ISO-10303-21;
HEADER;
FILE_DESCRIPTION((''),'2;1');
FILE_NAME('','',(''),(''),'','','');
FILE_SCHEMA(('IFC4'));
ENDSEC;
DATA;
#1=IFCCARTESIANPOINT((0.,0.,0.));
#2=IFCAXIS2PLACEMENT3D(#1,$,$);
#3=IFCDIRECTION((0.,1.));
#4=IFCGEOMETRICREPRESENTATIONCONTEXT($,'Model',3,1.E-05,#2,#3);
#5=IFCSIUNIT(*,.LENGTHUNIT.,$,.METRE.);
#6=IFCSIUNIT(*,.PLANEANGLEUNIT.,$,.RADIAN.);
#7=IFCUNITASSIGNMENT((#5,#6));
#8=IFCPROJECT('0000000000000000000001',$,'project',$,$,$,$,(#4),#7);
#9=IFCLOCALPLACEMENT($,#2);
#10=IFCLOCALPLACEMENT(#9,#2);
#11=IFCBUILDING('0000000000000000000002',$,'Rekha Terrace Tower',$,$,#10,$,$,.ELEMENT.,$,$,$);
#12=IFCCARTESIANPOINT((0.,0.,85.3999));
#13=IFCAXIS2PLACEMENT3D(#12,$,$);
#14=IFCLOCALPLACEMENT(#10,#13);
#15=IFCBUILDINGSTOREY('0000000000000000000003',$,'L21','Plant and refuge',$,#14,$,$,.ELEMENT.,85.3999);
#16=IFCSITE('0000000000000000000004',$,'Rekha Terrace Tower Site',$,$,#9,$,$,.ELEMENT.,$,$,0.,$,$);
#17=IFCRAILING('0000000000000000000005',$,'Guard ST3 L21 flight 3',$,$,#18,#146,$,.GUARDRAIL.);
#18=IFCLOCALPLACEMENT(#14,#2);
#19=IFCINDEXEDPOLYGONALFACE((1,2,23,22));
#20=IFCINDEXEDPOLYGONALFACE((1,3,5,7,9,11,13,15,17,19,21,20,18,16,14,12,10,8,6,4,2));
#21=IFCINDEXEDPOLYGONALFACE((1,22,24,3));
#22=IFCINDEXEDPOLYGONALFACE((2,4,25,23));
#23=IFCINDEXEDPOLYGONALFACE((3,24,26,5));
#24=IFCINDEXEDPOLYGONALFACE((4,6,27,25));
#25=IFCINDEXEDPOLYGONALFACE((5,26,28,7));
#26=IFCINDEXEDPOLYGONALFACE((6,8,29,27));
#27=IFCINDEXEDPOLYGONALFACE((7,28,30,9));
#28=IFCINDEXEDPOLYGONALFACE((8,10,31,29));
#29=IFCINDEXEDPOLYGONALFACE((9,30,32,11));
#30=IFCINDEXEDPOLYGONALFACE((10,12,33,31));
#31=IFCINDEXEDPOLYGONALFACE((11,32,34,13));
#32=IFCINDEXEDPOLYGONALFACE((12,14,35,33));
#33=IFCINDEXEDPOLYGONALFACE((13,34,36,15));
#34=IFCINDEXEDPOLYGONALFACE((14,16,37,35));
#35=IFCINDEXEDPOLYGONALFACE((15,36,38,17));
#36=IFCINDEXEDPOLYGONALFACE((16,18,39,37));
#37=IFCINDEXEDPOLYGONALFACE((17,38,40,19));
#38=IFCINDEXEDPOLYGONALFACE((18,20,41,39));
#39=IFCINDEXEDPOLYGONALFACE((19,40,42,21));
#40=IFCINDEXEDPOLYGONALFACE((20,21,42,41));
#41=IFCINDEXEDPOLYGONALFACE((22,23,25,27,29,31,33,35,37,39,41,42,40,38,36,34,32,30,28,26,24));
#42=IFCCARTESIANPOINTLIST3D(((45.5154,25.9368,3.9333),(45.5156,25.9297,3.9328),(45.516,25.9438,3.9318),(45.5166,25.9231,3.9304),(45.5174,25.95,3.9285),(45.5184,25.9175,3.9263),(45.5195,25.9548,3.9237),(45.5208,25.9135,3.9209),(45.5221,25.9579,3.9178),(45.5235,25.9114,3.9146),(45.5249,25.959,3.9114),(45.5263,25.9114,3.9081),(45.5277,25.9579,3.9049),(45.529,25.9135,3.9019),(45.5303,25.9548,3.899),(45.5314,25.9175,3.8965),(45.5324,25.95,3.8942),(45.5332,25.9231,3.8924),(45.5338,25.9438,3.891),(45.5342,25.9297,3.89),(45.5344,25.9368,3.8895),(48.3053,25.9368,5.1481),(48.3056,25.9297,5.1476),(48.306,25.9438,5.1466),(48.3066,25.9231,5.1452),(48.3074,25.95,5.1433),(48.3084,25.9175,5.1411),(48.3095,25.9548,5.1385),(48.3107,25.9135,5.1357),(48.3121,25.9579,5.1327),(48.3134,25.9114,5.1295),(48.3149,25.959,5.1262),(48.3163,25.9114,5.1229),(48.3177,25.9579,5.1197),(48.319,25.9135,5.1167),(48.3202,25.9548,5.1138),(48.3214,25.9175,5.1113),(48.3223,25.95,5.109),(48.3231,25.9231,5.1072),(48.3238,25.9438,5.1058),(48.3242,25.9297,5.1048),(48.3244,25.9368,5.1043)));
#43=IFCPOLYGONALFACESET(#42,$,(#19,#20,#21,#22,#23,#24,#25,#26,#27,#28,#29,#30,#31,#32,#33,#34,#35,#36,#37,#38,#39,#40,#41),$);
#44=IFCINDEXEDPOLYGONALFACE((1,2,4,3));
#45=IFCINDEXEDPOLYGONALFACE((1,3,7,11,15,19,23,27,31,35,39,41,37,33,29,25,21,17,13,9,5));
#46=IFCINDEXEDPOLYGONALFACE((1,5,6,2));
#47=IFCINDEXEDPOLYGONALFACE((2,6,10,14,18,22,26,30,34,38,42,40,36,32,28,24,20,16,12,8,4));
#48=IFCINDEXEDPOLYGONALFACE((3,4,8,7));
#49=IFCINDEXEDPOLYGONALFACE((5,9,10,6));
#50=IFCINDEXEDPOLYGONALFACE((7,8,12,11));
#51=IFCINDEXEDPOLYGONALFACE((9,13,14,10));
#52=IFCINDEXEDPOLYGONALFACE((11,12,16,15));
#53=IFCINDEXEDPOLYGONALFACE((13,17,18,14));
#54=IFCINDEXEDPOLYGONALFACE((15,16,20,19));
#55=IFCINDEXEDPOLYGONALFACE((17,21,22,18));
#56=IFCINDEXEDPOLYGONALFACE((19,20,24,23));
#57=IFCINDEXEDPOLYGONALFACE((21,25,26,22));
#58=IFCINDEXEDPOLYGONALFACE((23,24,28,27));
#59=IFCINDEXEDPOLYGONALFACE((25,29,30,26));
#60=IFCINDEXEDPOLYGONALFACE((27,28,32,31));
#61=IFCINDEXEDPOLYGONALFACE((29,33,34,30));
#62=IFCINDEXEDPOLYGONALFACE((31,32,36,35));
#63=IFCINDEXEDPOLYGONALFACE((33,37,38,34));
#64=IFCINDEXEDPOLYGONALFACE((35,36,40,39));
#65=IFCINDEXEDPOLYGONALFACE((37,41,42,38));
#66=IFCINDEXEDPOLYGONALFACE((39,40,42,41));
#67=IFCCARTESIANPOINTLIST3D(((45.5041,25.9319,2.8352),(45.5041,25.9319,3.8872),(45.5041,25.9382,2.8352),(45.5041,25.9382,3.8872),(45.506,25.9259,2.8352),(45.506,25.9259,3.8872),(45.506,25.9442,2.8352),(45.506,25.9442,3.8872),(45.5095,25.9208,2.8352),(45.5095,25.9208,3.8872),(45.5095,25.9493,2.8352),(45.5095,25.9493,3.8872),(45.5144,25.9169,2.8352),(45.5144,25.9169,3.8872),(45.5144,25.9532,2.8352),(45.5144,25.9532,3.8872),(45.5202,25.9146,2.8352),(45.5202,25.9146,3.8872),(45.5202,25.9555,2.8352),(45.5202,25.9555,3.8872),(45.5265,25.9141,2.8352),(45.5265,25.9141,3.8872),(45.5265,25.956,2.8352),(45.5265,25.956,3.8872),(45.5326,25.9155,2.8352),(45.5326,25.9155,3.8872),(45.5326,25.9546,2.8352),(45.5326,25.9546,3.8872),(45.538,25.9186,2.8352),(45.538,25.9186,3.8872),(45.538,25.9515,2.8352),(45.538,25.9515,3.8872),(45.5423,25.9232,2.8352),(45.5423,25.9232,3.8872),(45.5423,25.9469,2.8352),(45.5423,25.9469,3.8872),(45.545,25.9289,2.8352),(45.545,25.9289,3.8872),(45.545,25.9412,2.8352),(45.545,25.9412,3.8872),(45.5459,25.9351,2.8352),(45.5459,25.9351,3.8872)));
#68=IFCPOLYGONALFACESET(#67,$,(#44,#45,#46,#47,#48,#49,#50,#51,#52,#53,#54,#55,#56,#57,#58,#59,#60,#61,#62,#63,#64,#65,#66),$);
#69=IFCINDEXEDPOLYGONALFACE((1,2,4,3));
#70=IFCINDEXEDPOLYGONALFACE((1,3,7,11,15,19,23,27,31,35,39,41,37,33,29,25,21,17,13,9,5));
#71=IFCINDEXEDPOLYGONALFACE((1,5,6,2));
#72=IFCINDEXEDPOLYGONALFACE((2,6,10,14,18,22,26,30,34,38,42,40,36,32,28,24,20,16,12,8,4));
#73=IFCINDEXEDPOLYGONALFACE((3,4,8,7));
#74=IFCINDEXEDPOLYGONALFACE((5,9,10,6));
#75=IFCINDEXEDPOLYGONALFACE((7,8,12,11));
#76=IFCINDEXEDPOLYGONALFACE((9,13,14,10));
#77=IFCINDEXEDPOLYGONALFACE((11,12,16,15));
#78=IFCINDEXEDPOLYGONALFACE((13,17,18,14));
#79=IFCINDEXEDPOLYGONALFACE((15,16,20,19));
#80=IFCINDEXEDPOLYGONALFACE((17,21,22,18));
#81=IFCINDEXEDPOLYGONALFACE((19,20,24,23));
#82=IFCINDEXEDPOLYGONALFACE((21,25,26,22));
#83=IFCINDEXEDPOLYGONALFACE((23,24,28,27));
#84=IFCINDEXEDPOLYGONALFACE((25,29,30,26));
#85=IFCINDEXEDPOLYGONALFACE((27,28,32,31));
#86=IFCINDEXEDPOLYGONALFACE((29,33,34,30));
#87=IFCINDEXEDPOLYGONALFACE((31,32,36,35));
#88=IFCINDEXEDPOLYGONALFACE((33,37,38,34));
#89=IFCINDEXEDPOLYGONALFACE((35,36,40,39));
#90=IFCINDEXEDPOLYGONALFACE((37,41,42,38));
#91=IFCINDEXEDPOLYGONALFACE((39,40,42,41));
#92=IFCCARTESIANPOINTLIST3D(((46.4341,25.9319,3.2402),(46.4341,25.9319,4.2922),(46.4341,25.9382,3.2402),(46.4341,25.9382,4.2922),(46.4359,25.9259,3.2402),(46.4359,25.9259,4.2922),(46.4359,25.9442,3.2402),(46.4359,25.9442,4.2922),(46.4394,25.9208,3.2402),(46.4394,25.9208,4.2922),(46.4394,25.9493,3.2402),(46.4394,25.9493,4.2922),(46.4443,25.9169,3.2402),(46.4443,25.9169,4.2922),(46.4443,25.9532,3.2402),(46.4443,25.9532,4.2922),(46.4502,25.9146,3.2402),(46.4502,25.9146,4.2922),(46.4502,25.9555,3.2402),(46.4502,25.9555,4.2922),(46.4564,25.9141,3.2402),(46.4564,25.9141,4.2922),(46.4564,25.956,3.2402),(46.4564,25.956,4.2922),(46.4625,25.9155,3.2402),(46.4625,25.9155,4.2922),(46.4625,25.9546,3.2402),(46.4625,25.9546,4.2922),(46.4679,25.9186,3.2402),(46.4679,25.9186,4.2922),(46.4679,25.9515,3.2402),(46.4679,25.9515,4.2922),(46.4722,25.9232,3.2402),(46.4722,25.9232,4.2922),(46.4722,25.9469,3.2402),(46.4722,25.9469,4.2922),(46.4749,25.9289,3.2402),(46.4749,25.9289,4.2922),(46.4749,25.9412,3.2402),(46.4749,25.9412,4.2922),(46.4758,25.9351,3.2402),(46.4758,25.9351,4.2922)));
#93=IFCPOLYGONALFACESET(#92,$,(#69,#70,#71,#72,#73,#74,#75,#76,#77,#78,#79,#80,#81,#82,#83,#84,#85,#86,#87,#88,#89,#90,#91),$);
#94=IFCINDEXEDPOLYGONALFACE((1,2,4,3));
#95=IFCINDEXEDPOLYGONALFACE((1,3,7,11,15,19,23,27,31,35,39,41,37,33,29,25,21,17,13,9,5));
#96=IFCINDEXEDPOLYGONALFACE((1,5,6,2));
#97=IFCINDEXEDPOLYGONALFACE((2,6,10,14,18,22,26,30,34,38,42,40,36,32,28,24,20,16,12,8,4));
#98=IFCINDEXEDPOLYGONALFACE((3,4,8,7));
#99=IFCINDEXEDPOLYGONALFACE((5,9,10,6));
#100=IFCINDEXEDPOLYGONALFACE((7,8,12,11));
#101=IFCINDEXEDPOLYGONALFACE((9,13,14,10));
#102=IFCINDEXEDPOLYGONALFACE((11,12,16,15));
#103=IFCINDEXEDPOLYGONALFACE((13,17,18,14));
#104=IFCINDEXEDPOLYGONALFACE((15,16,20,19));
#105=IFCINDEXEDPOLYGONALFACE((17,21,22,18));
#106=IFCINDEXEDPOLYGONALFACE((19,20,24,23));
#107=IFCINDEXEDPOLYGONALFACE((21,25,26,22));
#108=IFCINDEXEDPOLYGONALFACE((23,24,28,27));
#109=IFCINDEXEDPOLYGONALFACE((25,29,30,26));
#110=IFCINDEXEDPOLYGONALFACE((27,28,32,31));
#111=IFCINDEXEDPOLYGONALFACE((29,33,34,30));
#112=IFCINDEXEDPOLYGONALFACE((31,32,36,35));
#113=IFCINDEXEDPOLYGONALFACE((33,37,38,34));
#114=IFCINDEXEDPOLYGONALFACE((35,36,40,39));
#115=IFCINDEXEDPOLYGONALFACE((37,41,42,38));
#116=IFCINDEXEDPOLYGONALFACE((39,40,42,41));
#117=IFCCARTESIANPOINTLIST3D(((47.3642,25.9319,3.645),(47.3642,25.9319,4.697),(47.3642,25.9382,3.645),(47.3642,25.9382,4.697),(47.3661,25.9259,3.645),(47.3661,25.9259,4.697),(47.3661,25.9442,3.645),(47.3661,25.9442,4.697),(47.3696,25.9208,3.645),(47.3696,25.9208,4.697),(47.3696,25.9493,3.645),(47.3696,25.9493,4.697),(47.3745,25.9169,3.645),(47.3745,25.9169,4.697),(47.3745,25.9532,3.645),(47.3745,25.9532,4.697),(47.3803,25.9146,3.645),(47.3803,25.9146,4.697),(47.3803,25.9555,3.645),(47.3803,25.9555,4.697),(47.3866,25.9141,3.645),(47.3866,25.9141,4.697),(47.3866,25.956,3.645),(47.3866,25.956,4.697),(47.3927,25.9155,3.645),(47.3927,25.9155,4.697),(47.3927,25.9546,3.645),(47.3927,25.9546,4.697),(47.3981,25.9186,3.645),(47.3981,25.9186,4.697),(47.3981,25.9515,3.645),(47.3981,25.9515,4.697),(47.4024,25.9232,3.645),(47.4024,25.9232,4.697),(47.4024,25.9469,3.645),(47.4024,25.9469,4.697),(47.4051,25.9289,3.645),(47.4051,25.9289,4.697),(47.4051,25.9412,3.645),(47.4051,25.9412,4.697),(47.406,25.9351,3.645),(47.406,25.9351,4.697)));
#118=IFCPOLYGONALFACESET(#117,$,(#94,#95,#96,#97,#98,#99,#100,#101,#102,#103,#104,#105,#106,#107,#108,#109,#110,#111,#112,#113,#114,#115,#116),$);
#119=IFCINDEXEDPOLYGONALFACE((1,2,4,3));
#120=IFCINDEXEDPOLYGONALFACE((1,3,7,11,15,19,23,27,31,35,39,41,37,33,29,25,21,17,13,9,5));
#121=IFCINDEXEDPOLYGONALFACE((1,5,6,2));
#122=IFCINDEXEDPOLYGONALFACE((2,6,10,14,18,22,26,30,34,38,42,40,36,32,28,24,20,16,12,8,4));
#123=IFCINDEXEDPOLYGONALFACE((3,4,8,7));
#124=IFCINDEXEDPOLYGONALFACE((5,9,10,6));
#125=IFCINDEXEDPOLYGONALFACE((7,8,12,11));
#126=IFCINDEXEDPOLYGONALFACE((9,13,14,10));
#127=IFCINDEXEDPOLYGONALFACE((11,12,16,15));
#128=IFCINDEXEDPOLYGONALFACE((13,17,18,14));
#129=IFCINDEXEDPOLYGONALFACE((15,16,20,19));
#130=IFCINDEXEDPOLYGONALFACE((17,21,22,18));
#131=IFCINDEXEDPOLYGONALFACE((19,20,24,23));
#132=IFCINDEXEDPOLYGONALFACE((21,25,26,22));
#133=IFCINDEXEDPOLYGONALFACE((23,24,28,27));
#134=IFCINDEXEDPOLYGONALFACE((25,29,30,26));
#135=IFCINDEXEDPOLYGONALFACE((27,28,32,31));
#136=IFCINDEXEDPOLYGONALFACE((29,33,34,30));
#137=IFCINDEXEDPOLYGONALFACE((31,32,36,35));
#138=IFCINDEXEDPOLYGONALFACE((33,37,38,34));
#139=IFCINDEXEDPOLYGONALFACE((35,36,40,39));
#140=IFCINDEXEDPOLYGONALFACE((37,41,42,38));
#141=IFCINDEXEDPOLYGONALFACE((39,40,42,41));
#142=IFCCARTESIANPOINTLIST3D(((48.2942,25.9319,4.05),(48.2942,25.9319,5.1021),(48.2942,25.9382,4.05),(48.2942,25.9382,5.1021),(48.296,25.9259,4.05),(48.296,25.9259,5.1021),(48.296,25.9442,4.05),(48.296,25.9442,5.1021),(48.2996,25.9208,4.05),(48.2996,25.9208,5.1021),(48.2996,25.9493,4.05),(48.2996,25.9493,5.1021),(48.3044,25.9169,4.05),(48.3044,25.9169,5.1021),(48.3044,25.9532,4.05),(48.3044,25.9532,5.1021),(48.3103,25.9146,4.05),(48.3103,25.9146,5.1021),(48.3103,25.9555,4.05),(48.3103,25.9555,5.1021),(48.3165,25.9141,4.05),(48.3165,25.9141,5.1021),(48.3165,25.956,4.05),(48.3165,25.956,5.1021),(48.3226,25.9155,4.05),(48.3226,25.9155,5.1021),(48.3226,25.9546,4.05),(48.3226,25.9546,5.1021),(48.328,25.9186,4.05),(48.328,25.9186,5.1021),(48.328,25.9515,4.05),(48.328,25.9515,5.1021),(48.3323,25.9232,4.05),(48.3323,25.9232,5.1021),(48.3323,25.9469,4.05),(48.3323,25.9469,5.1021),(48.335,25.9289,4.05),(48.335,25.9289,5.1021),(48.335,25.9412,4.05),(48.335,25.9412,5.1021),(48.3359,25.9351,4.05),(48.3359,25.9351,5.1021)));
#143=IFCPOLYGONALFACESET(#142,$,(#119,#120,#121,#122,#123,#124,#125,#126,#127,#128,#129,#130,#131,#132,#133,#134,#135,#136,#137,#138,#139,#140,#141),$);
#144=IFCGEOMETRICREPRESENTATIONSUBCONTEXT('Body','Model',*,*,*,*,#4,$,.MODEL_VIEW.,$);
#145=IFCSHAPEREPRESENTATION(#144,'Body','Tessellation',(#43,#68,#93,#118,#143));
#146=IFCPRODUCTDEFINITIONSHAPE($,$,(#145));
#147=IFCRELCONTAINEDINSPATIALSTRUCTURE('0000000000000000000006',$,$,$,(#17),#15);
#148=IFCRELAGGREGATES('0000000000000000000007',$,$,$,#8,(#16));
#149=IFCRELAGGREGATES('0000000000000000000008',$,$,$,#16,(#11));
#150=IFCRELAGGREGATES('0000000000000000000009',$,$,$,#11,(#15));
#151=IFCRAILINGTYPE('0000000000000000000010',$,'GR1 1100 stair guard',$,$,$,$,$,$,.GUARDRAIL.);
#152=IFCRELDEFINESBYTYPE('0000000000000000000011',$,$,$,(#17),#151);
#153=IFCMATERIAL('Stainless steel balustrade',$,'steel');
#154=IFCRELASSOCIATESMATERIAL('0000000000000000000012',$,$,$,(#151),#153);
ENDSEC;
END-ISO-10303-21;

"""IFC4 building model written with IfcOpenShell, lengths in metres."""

from ifc_helpers import new_model, si_unit, direction, frame, origin, origin_2d, place, context, subcontext, project, spatial, circle, extrude, material, type_object, element, save


model = new_model("IFC4")

# Units and contexts
model_context = context("Model", 3, precision=1e-05, world=origin(), true_north=direction((0.0, 1.0)))
body_context = subcontext(model_context, "Body", "Model", "MODEL_VIEW")
ifc_project = project(units=[si_unit("LENGTHUNIT", "METRE"), si_unit("PLANEANGLEUNIT", "RADIAN")], contexts=[model_context])

# Site, building, storey
site_placement = place(None, origin())
site = spatial("IfcSite", under=ifc_project, at=site_placement, Name="Rekha Terrace Tower Site", CompositionType="ELEMENT", RefElevation=0.0)
building_placement = place(site_placement, origin())
building = spatial("IfcBuilding", under=site, at=building_placement, Name="Rekha Terrace Tower", CompositionType="ELEMENT")
storey_placement = place(building_placement, frame((0.0, 0.0, 85.3999)))
storey = spatial("IfcBuildingStorey", under=building, at=storey_placement, Name="L21", Description="Plant and refuge", CompositionType="ELEMENT", Elevation=85.3999)

# Railing
ifc_material_1 = material(Name="Stainless steel balustrade", Category="steel")
railing_type_1 = type_object("IfcRailingType", Name="GR1 1100 stair guard", PredefinedType="GUARDRAIL", material=ifc_material_1)
railing_1_placement = place(storey_placement, frame((45.5249, 25.9351, 2.8352)))
element("IfcRailing", 1, at=railing_1_placement, inside=storey, type_object=railing_type_1, Name="Guard ST3 L21 flight 3", PredefinedType="GUARDRAIL", context=body_context, shape_type="SweptSolid", body=[
    extrude(circle(Radius=0.0239, at=origin_2d()), frame((0.0, 0.0, 1.0762), z_axis=(0.916856, 0.0, 0.399219), x_axis=(0.0, 1.0, 0.0)), (0.0, 0.0, 1.0), 3.043),
    extrude(circle(Radius=0.021, at=origin_2d()), origin(), (0.0, 0.0, 1.0), 1.052),
    extrude(circle(Radius=0.021, at=origin_2d()), frame((0.9299, 0.0, 0.405)), (0.0, 0.0, 1.0), 1.052),
    extrude(circle(Radius=0.021, at=origin_2d()), frame((1.8601, 0.0, 0.8098)), (0.0, 0.0, 1.0), 1.052),
    extrude(circle(Radius=0.021, at=origin_2d()), frame((2.79, 0.0, 1.2148)), (0.0, 0.0, 1.0), 1.052),
])

save(model, "model.ifc")
